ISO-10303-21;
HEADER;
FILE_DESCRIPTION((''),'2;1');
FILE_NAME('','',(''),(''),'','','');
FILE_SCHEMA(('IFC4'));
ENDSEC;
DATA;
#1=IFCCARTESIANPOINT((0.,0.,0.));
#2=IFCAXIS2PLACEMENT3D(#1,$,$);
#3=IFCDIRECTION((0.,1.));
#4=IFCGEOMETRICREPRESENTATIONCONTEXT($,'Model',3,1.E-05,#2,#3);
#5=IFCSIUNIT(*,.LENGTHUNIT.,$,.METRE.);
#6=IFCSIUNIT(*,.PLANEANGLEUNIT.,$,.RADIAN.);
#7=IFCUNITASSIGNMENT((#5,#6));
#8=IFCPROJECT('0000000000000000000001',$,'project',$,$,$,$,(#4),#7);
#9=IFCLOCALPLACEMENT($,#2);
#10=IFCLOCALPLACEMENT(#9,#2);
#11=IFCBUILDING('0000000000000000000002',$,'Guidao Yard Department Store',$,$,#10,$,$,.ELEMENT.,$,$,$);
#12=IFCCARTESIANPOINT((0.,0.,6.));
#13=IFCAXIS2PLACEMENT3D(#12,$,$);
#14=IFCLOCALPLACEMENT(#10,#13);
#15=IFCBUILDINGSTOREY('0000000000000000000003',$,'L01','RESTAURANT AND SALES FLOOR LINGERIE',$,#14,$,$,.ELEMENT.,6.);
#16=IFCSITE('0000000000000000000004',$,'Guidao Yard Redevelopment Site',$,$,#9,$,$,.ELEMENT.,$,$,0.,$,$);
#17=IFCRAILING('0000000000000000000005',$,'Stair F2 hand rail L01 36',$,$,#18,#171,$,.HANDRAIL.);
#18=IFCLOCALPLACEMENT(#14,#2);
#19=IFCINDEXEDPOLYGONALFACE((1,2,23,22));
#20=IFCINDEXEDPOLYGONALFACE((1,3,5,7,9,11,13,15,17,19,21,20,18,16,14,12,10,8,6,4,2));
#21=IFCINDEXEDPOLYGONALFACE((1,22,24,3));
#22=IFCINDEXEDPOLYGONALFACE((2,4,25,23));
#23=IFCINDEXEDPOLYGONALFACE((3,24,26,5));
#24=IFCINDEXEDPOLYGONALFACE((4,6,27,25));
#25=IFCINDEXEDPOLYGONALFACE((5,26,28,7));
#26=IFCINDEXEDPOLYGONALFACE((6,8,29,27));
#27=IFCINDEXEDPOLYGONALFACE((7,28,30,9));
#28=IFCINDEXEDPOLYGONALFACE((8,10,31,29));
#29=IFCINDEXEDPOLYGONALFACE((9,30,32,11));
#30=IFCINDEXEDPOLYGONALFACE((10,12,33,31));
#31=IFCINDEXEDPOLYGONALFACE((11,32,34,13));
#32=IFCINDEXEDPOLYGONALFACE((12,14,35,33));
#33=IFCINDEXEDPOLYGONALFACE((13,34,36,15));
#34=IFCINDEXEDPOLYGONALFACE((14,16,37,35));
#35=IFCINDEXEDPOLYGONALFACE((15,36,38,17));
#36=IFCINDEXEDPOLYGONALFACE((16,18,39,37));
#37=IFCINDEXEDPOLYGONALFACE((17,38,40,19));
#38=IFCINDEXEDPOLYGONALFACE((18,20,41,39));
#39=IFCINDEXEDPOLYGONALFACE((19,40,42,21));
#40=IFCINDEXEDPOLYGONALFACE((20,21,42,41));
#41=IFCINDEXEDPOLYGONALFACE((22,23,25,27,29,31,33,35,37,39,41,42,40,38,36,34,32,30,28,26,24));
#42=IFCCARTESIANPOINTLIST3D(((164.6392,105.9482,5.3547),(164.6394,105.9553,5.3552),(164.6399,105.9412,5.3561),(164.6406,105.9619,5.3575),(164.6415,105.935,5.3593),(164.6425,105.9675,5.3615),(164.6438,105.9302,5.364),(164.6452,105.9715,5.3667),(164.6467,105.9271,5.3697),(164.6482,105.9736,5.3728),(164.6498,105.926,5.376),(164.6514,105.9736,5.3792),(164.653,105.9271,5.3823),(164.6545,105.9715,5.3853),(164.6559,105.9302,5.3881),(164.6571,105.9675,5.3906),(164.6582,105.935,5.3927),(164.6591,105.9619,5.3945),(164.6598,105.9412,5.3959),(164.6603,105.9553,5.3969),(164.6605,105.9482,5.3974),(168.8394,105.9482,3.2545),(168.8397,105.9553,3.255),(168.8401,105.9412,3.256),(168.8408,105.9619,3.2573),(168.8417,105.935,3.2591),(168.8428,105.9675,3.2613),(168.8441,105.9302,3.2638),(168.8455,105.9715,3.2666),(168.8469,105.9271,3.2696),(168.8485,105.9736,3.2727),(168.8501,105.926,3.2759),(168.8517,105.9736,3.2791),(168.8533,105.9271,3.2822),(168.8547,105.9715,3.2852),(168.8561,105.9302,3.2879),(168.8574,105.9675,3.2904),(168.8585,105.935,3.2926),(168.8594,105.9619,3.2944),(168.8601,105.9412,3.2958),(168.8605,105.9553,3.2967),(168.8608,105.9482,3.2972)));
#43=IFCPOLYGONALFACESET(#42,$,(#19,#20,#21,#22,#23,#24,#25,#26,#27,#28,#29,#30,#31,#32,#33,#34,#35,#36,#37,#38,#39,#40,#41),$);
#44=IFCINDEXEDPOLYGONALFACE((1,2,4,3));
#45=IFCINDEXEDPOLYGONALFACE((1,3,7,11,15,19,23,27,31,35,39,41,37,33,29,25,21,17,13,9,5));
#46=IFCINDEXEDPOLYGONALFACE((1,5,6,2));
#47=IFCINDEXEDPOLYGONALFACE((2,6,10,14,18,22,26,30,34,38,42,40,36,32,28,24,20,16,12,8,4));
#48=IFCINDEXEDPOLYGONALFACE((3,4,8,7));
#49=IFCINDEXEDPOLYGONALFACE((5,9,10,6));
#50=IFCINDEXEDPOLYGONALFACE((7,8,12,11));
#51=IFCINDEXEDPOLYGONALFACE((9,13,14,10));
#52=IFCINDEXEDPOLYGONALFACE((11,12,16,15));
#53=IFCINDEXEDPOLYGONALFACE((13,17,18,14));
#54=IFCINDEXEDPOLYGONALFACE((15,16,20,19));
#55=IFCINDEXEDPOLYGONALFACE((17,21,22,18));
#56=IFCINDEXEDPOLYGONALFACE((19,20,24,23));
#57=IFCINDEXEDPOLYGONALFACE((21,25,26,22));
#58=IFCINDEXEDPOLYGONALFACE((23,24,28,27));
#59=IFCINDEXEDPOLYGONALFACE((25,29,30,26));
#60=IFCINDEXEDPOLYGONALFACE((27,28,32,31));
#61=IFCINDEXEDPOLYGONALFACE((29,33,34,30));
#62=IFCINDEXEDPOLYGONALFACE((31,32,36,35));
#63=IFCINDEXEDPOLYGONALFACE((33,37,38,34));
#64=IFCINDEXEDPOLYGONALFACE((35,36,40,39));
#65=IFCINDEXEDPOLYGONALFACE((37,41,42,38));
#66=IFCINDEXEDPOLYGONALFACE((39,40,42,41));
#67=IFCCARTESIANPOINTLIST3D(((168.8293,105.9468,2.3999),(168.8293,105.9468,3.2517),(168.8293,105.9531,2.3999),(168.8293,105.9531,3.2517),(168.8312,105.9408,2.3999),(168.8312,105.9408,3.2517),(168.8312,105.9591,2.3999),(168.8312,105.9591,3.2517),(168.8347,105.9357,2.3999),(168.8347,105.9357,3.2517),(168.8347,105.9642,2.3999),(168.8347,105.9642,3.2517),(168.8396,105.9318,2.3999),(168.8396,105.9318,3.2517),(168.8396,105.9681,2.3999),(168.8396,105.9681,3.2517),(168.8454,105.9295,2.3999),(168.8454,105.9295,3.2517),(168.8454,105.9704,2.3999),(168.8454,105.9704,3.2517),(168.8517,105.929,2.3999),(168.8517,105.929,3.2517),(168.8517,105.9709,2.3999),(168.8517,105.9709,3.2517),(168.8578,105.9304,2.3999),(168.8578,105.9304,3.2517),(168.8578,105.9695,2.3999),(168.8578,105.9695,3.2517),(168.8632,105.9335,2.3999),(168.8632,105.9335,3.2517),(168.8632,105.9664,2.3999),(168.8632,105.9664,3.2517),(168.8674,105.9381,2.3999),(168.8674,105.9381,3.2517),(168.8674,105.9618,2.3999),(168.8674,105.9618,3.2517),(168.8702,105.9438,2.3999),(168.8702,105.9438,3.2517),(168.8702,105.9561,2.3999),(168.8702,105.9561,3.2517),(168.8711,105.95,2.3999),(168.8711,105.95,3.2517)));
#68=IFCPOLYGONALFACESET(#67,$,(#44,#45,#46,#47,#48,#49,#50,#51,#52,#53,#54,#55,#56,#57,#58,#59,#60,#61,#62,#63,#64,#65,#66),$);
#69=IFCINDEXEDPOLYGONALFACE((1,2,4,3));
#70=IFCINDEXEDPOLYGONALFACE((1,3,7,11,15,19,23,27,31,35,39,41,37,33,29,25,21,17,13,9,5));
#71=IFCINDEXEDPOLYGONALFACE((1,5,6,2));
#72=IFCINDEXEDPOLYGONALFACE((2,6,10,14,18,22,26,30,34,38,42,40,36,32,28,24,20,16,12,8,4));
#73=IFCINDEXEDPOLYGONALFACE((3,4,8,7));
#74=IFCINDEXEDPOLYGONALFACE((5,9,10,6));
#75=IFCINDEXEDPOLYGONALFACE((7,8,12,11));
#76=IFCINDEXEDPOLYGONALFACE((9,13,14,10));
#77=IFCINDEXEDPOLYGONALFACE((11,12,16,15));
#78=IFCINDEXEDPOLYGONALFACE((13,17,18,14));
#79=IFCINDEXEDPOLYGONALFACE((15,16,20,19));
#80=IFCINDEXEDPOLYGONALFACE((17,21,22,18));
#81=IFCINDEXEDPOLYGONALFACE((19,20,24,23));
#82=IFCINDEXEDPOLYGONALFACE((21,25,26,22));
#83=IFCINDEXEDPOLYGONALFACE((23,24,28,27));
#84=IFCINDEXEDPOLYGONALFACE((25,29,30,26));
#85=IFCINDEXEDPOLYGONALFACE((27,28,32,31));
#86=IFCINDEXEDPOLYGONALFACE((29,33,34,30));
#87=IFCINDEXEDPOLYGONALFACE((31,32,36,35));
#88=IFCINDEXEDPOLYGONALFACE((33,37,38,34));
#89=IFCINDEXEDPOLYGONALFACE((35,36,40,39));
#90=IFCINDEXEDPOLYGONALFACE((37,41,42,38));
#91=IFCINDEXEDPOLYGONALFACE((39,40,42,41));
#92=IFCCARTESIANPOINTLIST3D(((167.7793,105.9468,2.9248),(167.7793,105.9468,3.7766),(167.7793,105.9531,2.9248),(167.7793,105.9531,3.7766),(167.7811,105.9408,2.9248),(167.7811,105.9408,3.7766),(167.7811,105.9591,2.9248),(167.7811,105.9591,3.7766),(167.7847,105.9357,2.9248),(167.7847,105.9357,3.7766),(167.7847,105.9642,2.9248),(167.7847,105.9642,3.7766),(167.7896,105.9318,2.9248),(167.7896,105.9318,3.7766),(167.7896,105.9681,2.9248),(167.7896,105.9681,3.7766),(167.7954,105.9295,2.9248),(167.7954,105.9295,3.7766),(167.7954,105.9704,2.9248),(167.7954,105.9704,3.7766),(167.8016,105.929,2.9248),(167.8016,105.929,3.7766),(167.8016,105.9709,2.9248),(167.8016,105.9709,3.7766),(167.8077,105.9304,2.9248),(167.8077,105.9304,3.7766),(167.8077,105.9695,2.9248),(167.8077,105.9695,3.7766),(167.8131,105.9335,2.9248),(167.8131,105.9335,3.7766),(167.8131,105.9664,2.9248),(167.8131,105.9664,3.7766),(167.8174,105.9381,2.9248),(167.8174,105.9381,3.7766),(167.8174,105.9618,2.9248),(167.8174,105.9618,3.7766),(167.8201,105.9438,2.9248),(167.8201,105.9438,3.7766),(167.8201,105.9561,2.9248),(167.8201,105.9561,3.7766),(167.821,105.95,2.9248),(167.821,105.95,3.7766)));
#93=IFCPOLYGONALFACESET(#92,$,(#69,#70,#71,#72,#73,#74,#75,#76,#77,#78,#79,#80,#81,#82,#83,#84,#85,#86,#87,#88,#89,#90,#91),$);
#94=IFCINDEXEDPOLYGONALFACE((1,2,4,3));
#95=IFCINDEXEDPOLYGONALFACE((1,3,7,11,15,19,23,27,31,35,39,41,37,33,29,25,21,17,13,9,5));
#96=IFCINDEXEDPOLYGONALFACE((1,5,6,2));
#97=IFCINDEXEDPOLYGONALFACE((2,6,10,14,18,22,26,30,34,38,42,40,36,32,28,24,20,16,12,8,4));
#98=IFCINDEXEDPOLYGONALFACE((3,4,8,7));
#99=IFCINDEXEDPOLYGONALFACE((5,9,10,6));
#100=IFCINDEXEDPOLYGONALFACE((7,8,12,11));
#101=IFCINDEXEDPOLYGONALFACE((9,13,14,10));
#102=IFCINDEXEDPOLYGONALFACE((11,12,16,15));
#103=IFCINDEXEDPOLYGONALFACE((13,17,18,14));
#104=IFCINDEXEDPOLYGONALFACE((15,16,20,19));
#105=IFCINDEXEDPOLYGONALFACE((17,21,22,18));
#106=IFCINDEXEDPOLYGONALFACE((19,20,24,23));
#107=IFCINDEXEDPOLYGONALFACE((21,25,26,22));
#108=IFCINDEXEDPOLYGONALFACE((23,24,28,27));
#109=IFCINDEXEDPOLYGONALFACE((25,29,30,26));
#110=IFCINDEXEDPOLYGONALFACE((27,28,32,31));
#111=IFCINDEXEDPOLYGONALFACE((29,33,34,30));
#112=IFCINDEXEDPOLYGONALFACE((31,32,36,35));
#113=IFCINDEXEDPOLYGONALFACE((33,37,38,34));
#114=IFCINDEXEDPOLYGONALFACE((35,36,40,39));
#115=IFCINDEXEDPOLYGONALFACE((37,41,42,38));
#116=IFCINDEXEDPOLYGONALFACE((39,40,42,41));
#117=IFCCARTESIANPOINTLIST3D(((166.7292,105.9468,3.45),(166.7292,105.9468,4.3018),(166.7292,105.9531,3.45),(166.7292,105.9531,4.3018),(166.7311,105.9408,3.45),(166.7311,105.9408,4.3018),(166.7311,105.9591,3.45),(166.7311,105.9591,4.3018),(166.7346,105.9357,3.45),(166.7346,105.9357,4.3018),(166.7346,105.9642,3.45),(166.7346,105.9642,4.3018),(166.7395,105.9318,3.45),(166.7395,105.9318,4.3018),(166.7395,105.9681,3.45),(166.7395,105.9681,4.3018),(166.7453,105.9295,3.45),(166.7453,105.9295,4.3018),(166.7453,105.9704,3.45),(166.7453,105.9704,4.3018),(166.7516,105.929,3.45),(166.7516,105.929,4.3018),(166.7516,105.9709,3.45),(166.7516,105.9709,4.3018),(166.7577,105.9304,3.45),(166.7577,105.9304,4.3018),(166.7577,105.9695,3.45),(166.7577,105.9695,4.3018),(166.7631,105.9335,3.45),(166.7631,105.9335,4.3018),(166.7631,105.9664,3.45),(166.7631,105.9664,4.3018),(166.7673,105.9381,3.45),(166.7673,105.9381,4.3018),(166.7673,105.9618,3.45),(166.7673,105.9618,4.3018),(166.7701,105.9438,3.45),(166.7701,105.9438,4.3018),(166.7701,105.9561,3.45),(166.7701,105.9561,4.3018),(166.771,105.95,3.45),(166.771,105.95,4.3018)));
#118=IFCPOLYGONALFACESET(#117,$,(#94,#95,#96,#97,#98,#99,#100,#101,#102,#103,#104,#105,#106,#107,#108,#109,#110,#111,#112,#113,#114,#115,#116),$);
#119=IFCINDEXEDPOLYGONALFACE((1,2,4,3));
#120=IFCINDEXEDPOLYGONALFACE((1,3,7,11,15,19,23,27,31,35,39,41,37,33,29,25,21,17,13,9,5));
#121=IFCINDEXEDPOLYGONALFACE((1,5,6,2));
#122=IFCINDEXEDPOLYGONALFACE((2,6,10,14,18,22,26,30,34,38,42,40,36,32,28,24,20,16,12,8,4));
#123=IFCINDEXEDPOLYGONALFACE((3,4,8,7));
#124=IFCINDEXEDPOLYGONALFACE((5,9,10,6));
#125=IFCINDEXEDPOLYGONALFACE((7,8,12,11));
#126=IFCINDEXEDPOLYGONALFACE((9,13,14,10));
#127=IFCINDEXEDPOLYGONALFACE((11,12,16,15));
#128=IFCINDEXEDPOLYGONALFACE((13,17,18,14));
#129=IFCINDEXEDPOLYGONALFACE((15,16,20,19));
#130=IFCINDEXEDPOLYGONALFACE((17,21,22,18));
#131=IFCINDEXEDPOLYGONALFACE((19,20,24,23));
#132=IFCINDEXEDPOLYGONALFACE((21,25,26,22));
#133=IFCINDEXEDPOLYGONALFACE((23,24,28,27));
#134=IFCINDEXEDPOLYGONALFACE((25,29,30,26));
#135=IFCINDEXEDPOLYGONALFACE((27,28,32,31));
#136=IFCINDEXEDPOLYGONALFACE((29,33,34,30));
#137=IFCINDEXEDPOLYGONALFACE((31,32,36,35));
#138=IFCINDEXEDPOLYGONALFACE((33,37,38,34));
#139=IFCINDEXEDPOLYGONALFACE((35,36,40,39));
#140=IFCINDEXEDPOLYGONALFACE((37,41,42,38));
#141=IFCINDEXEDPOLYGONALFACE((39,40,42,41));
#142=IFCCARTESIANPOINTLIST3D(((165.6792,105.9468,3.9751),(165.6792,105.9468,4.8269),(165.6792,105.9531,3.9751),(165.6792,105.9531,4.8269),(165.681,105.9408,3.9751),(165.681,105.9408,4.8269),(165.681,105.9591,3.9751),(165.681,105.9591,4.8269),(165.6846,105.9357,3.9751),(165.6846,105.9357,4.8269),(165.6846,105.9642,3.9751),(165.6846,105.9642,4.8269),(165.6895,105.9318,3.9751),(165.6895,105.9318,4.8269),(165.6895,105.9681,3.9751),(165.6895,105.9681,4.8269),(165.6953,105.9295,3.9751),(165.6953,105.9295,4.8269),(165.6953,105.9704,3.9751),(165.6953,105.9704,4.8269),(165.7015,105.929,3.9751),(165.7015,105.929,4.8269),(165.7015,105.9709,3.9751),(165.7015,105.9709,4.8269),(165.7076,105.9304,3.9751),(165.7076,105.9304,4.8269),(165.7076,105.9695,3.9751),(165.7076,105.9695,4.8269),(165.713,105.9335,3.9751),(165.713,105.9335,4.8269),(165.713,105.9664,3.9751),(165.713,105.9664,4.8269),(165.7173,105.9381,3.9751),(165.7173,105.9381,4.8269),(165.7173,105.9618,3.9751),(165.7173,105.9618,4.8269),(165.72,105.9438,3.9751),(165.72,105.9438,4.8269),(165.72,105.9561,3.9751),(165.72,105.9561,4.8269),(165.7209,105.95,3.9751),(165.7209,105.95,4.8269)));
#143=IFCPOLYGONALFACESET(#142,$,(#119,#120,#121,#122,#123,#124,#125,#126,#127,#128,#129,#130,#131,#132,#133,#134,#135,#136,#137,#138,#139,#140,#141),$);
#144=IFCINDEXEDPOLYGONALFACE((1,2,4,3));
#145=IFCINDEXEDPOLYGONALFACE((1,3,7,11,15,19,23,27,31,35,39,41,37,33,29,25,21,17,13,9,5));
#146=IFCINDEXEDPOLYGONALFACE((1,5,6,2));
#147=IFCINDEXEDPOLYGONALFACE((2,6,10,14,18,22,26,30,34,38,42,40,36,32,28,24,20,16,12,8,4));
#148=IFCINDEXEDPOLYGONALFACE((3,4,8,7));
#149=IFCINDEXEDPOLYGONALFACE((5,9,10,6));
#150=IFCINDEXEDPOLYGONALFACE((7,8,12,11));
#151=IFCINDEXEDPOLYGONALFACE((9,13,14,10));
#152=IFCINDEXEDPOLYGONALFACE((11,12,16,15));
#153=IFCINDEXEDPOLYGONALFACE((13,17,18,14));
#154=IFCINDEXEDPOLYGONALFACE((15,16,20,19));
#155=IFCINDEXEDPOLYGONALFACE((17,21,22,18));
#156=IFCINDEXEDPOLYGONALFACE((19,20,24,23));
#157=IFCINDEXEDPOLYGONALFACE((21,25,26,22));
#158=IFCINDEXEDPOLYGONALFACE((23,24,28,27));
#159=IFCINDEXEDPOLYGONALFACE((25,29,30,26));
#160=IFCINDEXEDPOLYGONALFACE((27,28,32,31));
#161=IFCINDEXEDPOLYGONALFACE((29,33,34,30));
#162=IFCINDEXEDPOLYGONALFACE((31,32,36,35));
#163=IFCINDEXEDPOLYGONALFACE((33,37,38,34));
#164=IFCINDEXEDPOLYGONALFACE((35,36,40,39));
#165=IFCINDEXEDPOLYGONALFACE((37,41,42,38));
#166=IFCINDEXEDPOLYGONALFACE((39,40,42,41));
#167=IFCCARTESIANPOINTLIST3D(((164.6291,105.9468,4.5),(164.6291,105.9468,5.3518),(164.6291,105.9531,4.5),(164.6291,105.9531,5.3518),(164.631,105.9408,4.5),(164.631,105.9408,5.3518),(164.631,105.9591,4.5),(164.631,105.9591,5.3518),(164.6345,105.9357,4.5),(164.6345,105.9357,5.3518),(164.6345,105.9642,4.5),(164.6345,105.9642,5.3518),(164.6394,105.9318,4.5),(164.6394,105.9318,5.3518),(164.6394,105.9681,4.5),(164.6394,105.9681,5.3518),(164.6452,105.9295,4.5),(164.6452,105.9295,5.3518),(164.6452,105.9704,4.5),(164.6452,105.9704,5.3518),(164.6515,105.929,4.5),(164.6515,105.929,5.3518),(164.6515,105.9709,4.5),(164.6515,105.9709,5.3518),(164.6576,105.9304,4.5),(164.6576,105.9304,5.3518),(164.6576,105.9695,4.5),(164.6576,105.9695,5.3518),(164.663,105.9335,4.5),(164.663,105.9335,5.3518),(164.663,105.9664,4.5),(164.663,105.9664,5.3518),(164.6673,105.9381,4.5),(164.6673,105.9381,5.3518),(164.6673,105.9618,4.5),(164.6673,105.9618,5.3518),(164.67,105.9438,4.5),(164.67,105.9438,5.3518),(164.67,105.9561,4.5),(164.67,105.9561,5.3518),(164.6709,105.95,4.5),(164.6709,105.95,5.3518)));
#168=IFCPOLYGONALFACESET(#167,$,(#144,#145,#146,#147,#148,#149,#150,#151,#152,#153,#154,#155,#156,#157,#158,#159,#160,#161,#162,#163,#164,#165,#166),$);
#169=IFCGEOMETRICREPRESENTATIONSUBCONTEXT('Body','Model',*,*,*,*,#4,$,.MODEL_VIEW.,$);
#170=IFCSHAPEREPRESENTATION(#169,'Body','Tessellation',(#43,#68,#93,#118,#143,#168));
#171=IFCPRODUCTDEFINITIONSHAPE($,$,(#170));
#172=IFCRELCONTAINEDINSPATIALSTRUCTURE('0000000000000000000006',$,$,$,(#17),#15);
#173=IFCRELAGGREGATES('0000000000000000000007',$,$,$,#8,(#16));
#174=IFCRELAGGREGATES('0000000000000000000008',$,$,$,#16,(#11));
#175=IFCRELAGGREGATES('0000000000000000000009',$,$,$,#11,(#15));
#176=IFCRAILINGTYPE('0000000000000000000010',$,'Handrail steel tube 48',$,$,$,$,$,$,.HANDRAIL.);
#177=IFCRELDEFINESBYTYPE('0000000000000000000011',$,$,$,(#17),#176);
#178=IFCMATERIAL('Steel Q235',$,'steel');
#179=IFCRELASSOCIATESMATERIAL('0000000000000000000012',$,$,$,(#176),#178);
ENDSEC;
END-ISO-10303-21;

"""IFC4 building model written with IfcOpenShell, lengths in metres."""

from ifc_helpers import new_model, si_unit, direction, frame, origin, origin_2d, place, context, subcontext, project, spatial, circle, extrude, material, type_object, element, save


model = new_model("IFC4")

# Units and contexts
model_context = context("Model", 3, precision=1e-05, world=origin(), true_north=direction((0.0, 1.0)))
body_context = subcontext(model_context, "Body", "Model", "MODEL_VIEW")
ifc_project = project(units=[si_unit("LENGTHUNIT", "METRE"), si_unit("PLANEANGLEUNIT", "RADIAN")], contexts=[model_context])

# Site, building, storey
site_placement = place(None, origin())
site = spatial("IfcSite", under=ifc_project, at=site_placement, Name="Guidao Yard Redevelopment Site", CompositionType="ELEMENT", RefElevation=0.0)
building_placement = place(site_placement, origin())
building = spatial("IfcBuilding", under=site, at=building_placement, Name="Guidao Yard Department Store", CompositionType="ELEMENT")
storey_placement = place(building_placement, frame((0.0, 0.0, 6.0)))
storey = spatial("IfcBuildingStorey", under=building, at=storey_placement, Name="L01", Description="RESTAURANT AND SALES FLOOR LINGERIE", CompositionType="ELEMENT", Elevation=6.0)

# Railing
ifc_material_1 = material(Name="Steel Q235", Category="steel")
railing_type_1 = type_object("IfcRailingType", Name="Handrail steel tube 48", PredefinedType="HANDRAIL", material=ifc_material_1)
for number, where, name in (
    (1, (168.8501, 105.95, 2.3999), "Stair F2 hand rail L01 36"),
):
    element("IfcRailing", number, at=place(storey_placement, frame(where)), inside=storey, type_object=railing_type_1, Name=name, PredefinedType="HANDRAIL", context=body_context, shape_type="SweptSolid", body=[
        extrude(circle(Radius=0.0239, at=origin_2d()), frame((0.0, 0.0, 0.876), z_axis=(-0.894427, 0.0, 0.447214), x_axis=(0.0, -1.0, 0.0)), (0.0, 0.0, 1.0), 4.696),
        extrude(circle(Radius=0.021, at=origin_2d()), origin(), (0.0, 0.0, 1.0), 0.8518),
        extrude(circle(Radius=0.021, at=origin_2d()), frame((-1.05, 0.0, 0.5249)), (0.0, 0.0, 1.0), 0.8518),
        extrude(circle(Radius=0.021, at=origin_2d()), frame((-2.1001, 0.0, 1.05)), (0.0, 0.0, 1.0), 0.8518),
        extrude(circle(Radius=0.021, at=origin_2d()), frame((-3.1501, 0.0, 1.5752)), (0.0, 0.0, 1.0), 0.8518),
        extrude(circle(Radius=0.021, at=origin_2d()), frame((-4.2002, 0.0, 2.1001)), (0.0, 0.0, 1.0), 0.8518),
    ])

save(model, "model.ifc")
